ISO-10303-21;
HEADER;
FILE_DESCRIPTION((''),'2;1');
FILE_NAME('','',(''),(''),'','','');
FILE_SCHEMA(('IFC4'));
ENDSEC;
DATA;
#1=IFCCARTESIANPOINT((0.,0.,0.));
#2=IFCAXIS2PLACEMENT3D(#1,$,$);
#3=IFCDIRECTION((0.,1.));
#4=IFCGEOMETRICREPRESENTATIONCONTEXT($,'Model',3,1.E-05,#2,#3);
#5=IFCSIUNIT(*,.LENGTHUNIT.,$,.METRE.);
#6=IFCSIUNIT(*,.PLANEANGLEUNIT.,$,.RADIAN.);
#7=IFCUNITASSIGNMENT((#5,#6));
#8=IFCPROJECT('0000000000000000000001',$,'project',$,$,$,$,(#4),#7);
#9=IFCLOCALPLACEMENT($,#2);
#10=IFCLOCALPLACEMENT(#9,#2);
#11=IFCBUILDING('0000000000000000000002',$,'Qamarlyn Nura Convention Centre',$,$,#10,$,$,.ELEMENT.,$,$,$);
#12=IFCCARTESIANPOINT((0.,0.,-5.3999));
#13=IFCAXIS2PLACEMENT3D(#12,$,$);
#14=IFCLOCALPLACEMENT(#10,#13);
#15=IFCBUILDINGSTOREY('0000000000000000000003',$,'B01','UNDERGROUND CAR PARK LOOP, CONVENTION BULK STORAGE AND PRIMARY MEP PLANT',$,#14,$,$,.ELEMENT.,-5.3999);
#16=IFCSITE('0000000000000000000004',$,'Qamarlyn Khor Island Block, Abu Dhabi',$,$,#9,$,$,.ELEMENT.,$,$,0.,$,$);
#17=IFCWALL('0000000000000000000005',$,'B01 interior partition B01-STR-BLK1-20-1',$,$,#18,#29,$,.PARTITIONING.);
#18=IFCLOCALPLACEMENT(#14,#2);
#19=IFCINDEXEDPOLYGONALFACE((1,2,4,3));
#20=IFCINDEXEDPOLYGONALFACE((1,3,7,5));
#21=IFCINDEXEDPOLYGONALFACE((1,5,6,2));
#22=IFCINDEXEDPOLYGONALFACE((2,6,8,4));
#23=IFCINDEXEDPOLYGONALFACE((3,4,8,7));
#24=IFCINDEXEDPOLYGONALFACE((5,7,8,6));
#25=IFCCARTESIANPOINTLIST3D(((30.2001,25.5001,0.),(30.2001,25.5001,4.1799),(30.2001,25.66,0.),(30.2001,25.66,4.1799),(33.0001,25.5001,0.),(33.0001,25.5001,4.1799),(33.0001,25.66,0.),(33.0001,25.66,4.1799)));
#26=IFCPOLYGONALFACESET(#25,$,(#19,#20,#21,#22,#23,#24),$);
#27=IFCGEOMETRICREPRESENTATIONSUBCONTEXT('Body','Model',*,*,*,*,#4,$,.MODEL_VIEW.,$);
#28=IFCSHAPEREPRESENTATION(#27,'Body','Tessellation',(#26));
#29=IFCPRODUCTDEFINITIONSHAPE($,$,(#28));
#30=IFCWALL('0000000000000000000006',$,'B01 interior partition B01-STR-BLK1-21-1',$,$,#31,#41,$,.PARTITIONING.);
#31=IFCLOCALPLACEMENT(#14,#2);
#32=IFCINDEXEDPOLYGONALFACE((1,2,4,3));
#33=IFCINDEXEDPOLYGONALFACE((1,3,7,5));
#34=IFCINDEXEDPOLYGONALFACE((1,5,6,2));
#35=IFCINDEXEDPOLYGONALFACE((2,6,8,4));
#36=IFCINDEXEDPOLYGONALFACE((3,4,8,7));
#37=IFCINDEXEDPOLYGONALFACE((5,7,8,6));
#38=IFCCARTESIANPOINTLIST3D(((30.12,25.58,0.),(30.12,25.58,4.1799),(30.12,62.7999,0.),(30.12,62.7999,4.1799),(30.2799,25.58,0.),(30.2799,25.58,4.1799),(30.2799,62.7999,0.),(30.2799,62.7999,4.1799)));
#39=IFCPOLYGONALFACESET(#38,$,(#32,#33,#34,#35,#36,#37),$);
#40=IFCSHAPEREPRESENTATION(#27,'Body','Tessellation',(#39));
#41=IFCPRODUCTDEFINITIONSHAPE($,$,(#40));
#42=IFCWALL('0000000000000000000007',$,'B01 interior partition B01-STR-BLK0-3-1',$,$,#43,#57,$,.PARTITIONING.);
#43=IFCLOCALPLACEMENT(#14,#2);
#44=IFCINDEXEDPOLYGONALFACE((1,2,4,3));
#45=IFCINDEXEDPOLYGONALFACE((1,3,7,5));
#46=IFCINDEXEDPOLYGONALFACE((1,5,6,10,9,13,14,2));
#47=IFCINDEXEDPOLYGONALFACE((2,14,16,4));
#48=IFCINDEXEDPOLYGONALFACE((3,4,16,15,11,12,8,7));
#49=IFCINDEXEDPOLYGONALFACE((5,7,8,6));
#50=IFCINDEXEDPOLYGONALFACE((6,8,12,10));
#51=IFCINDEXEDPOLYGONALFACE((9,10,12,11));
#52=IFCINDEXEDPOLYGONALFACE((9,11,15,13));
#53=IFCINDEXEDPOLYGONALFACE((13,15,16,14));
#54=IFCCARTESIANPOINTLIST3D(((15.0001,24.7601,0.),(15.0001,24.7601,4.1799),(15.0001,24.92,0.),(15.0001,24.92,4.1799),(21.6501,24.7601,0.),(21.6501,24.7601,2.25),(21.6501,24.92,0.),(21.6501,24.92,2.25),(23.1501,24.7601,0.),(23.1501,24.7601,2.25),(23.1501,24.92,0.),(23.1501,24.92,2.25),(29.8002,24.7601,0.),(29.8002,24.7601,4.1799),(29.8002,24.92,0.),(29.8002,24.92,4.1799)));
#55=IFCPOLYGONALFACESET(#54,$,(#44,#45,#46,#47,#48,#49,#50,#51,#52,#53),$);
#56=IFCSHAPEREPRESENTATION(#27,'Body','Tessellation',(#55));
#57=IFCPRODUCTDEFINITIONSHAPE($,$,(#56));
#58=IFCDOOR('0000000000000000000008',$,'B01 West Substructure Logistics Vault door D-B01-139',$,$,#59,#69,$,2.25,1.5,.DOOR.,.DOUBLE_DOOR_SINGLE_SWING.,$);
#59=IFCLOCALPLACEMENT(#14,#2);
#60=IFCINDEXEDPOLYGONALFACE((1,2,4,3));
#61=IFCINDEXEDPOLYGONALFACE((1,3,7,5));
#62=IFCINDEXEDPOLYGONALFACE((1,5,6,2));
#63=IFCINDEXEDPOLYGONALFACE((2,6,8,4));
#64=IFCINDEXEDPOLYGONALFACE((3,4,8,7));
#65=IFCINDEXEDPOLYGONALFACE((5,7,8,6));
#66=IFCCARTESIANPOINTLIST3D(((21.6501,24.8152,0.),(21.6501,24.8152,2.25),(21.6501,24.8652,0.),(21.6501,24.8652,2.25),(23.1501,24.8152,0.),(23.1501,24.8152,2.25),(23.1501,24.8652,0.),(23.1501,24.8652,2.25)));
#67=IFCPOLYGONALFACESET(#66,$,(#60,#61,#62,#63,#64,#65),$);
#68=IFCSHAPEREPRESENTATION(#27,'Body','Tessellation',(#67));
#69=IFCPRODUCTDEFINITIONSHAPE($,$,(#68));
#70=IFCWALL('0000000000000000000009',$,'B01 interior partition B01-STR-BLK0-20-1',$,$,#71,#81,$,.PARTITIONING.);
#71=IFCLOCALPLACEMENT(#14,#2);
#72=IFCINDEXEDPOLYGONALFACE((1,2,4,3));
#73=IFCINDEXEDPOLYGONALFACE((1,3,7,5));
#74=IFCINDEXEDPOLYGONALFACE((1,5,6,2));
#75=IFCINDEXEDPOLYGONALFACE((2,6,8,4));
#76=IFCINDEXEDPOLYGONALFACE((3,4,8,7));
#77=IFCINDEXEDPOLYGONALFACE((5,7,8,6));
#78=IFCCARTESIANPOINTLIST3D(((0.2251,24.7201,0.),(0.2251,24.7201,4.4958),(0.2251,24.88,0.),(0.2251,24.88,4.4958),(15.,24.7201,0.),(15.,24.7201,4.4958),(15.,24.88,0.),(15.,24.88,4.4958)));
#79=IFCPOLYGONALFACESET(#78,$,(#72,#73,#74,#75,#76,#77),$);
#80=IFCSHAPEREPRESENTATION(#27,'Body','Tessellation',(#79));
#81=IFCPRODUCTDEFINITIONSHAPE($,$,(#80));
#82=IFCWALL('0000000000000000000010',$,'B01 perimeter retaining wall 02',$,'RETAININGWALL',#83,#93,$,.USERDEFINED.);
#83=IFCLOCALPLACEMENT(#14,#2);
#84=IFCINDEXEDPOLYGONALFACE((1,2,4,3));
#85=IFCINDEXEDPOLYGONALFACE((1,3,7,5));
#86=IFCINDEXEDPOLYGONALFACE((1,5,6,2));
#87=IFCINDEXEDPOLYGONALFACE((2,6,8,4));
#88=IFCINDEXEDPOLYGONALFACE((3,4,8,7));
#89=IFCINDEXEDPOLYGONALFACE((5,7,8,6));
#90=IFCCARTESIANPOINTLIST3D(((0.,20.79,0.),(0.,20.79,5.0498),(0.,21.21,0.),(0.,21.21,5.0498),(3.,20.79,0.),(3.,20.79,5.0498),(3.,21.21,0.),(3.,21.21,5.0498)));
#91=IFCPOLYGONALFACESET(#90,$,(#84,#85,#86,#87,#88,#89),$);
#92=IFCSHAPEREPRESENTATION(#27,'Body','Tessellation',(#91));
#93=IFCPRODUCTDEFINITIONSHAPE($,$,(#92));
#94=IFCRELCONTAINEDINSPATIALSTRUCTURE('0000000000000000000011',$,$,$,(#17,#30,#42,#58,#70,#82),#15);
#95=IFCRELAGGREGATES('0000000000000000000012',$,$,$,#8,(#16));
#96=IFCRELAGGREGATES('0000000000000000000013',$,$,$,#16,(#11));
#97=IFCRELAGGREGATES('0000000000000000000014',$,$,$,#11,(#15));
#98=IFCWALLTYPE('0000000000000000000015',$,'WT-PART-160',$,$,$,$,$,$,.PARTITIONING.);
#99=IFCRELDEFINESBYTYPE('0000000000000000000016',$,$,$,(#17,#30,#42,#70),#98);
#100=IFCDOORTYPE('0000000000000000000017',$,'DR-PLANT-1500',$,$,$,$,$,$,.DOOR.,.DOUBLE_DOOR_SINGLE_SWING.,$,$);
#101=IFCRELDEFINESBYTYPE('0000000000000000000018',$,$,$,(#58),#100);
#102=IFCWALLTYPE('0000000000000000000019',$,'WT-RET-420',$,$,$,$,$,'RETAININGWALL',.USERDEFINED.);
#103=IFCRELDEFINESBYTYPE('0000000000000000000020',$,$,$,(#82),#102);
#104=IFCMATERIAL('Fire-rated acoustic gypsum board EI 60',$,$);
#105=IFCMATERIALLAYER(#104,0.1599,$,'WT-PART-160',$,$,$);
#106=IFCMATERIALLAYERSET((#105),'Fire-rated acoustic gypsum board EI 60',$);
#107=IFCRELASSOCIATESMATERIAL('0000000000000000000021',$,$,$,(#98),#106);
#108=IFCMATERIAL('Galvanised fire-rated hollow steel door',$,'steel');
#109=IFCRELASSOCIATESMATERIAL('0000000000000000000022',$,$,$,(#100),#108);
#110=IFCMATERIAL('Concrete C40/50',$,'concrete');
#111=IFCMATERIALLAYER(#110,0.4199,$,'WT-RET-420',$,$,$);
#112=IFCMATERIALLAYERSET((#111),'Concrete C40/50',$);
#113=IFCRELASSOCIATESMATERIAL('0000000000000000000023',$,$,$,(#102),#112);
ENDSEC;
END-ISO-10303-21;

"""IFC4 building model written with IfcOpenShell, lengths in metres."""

from ifc_helpers import new_model, si_unit, direction, frame, frame_2d, origin, place, context, subcontext, project, spatial, rectangle, extrude, material, layer, layer_set, type_object, element, fill, save


model = new_model("IFC4")

# Units and contexts
model_context = context("Model", 3, precision=1e-05, world=origin(), true_north=direction((0.0, 1.0)))
body_context = subcontext(model_context, "Body", "Model", "MODEL_VIEW")
ifc_project = project(units=[si_unit("LENGTHUNIT", "METRE"), si_unit("PLANEANGLEUNIT", "RADIAN")], contexts=[model_context])

# Site, building, storey
site_placement = place(None, origin())
site = spatial("IfcSite", under=ifc_project, at=site_placement, Name="Qamarlyn Khor Island Block, Abu Dhabi", CompositionType="ELEMENT", RefElevation=0.0)
building_placement = place(site_placement, origin())
building = spatial("IfcBuilding", under=site, at=building_placement, Name="Qamarlyn Nura Convention Centre", CompositionType="ELEMENT")
storey_placement = place(building_placement, frame((0.0, 0.0, -5.3999)))
storey = spatial("IfcBuildingStorey", under=building, at=storey_placement, Name="B01", Description="UNDERGROUND CAR PARK LOOP, CONVENTION BULK STORAGE AND PRIMARY MEP PLANT", CompositionType="ELEMENT", Elevation=-5.3999)

# Shared definitions
ifc_material_1 = material(Name="Concrete C40/50", Category="concrete")

# Walls
ifc_material_2 = material(Name="Fire-rated acoustic gypsum board EI 60")
ifc_layer_1 = layer(ifc_material_2, 0.1599, Name="WT-PART-160")
ifc_layer_set_1 = layer_set([ifc_layer_1], Name="Fire-rated acoustic gypsum board EI 60")
wall_type_1 = type_object("IfcWallType", Name="WT-PART-160", PredefinedType="PARTITIONING", material=ifc_layer_set_1)
wall_1_placement = place(storey_placement, frame((33.0, 25.5801, 0.0), z_axis=(0.0, 0.0, 1.0), x_axis=(-1.0, 0.0, 0.0)))
element("IfcWall", 1, at=wall_1_placement, inside=storey, type_object=wall_type_1, Name="B01 interior partition B01-STR-BLK1-20-1", PredefinedType="PARTITIONING", context=body_context, shape_type="SweptSolid", body=[
    extrude(rectangle(XDim=2.8, YDim=0.1599, at=frame_2d((1.3999, 0.0))), origin(), (0.0, 0.0, 1.0), 4.1799),
])
wall_2_placement = place(storey_placement, frame((30.2, 25.5801, 0.0), z_axis=(0.0, 0.0, 1.0), x_axis=(0.0, 1.0, 0.0)))
element("IfcWall", 2, at=wall_2_placement, inside=storey, type_object=wall_type_1, Name="B01 interior partition B01-STR-BLK1-21-1", PredefinedType="PARTITIONING", context=body_context, shape_type="SweptSolid", body=[
    extrude(rectangle(XDim=37.22, YDim=0.1599, at=frame_2d((18.6099, 0.0))), origin(), (0.0, 0.0, 1.0), 4.1799),
])

# Wall, opening, door
wall_3_placement = place(storey_placement, frame((29.8, 24.8401, 0.0), z_axis=(0.0, 0.0, 1.0), x_axis=(-1.0, 0.0, 0.0)))
wall_3 = element("IfcWall", 3, at=wall_3_placement, inside=storey, type_object=wall_type_1, Name="B01 interior partition B01-STR-BLK0-3-1", PredefinedType="PARTITIONING", context=body_context, shape_type="SweptSolid", body=[
    extrude(rectangle(XDim=14.8, YDim=0.1599, at=frame_2d((7.3999, 0.0))), origin(), (0.0, 0.0, 1.0), 4.1799),
])
opening_placement = place(wall_3_placement, frame((6.6499, 0.0, 0.0)))
opening = element("IfcOpeningElement", 4, at=opening_placement, cuts=wall_3, PredefinedType="OPENING", context=body_context, shape_type="SweptSolid", body=[
    extrude(rectangle(XDim=1.5, YDim=2.25, at=frame_2d((0.75, 1.125))), frame((0.0, 0.0898, 0.0), z_axis=(0.0, -1.0, 0.0), x_axis=(1.0, 0.0, 0.0)), (0.0, 0.0, 1.0), 0.1799),
])
ifc_material_3 = material(Name="Galvanised fire-rated hollow steel door", Category="steel")
door_type = type_object("IfcDoorType", Name="DR-PLANT-1500", OperationType="DOUBLE_DOOR_SINGLE_SWING", PredefinedType="DOOR", material=ifc_material_3)
door_placement = place(opening_placement, origin())
door = element("IfcDoor", 5, at=door_placement, inside=storey, type_object=door_type, Name="B01 West Substructure Logistics Vault door D-B01-139", OperationType="DOUBLE_DOOR_SINGLE_SWING", OverallHeight=2.25, OverallWidth=1.5, PredefinedType="DOOR", context=body_context, shape_type="SweptSolid", body=[
    extrude(rectangle(XDim=1.5, YDim=2.25, at=frame_2d((0.75, 1.125))), frame((0.0, 0.0249, 0.0), z_axis=(0.0, -1.0, 0.0), x_axis=(1.0, 0.0, 0.0)), (0.0, 0.0, 1.0), 0.05),
])
fill(opening, door)

# Walls
wall_4_placement = place(storey_placement, frame((15.0, 24.8, 0.0), z_axis=(0.0, 0.0, 1.0), x_axis=(-1.0, 0.0, 0.0)))
element("IfcWall", 6, at=wall_4_placement, inside=storey, type_object=wall_type_1, Name="B01 interior partition B01-STR-BLK0-20-1", PredefinedType="PARTITIONING", context=body_context, shape_type="SweptSolid", body=[
    extrude(rectangle(XDim=14.7749, YDim=0.1599, at=frame_2d((7.3875, 0.0))), origin(), (0.0, 0.0, 1.0), 4.4958),
])
ifc_layer_2 = layer(ifc_material_1, 0.4199, Name="WT-RET-420")
ifc_layer_set_2 = layer_set([ifc_layer_2], Name="Concrete C40/50")
wall_type_2 = type_object("IfcWallType", Name="WT-RET-420", ElementType="RETAININGWALL", PredefinedType="USERDEFINED", material=ifc_layer_set_2)
wall_5_placement = place(storey_placement, frame((3.0, 21.0, 0.0), z_axis=(0.0, 0.0, 1.0), x_axis=(-1.0, 0.0, 0.0)))
element("IfcWall", 7, at=wall_5_placement, inside=storey, type_object=wall_type_2, Name="B01 perimeter retaining wall 02", ObjectType="RETAININGWALL", PredefinedType="USERDEFINED", context=body_context, shape_type="SweptSolid", body=[
    extrude(rectangle(XDim=3.0, YDim=0.4199, at=frame_2d((1.5, 0.0))), origin(), (0.0, 0.0, 1.0), 5.0498),
])

save(model, "model.ifc")
